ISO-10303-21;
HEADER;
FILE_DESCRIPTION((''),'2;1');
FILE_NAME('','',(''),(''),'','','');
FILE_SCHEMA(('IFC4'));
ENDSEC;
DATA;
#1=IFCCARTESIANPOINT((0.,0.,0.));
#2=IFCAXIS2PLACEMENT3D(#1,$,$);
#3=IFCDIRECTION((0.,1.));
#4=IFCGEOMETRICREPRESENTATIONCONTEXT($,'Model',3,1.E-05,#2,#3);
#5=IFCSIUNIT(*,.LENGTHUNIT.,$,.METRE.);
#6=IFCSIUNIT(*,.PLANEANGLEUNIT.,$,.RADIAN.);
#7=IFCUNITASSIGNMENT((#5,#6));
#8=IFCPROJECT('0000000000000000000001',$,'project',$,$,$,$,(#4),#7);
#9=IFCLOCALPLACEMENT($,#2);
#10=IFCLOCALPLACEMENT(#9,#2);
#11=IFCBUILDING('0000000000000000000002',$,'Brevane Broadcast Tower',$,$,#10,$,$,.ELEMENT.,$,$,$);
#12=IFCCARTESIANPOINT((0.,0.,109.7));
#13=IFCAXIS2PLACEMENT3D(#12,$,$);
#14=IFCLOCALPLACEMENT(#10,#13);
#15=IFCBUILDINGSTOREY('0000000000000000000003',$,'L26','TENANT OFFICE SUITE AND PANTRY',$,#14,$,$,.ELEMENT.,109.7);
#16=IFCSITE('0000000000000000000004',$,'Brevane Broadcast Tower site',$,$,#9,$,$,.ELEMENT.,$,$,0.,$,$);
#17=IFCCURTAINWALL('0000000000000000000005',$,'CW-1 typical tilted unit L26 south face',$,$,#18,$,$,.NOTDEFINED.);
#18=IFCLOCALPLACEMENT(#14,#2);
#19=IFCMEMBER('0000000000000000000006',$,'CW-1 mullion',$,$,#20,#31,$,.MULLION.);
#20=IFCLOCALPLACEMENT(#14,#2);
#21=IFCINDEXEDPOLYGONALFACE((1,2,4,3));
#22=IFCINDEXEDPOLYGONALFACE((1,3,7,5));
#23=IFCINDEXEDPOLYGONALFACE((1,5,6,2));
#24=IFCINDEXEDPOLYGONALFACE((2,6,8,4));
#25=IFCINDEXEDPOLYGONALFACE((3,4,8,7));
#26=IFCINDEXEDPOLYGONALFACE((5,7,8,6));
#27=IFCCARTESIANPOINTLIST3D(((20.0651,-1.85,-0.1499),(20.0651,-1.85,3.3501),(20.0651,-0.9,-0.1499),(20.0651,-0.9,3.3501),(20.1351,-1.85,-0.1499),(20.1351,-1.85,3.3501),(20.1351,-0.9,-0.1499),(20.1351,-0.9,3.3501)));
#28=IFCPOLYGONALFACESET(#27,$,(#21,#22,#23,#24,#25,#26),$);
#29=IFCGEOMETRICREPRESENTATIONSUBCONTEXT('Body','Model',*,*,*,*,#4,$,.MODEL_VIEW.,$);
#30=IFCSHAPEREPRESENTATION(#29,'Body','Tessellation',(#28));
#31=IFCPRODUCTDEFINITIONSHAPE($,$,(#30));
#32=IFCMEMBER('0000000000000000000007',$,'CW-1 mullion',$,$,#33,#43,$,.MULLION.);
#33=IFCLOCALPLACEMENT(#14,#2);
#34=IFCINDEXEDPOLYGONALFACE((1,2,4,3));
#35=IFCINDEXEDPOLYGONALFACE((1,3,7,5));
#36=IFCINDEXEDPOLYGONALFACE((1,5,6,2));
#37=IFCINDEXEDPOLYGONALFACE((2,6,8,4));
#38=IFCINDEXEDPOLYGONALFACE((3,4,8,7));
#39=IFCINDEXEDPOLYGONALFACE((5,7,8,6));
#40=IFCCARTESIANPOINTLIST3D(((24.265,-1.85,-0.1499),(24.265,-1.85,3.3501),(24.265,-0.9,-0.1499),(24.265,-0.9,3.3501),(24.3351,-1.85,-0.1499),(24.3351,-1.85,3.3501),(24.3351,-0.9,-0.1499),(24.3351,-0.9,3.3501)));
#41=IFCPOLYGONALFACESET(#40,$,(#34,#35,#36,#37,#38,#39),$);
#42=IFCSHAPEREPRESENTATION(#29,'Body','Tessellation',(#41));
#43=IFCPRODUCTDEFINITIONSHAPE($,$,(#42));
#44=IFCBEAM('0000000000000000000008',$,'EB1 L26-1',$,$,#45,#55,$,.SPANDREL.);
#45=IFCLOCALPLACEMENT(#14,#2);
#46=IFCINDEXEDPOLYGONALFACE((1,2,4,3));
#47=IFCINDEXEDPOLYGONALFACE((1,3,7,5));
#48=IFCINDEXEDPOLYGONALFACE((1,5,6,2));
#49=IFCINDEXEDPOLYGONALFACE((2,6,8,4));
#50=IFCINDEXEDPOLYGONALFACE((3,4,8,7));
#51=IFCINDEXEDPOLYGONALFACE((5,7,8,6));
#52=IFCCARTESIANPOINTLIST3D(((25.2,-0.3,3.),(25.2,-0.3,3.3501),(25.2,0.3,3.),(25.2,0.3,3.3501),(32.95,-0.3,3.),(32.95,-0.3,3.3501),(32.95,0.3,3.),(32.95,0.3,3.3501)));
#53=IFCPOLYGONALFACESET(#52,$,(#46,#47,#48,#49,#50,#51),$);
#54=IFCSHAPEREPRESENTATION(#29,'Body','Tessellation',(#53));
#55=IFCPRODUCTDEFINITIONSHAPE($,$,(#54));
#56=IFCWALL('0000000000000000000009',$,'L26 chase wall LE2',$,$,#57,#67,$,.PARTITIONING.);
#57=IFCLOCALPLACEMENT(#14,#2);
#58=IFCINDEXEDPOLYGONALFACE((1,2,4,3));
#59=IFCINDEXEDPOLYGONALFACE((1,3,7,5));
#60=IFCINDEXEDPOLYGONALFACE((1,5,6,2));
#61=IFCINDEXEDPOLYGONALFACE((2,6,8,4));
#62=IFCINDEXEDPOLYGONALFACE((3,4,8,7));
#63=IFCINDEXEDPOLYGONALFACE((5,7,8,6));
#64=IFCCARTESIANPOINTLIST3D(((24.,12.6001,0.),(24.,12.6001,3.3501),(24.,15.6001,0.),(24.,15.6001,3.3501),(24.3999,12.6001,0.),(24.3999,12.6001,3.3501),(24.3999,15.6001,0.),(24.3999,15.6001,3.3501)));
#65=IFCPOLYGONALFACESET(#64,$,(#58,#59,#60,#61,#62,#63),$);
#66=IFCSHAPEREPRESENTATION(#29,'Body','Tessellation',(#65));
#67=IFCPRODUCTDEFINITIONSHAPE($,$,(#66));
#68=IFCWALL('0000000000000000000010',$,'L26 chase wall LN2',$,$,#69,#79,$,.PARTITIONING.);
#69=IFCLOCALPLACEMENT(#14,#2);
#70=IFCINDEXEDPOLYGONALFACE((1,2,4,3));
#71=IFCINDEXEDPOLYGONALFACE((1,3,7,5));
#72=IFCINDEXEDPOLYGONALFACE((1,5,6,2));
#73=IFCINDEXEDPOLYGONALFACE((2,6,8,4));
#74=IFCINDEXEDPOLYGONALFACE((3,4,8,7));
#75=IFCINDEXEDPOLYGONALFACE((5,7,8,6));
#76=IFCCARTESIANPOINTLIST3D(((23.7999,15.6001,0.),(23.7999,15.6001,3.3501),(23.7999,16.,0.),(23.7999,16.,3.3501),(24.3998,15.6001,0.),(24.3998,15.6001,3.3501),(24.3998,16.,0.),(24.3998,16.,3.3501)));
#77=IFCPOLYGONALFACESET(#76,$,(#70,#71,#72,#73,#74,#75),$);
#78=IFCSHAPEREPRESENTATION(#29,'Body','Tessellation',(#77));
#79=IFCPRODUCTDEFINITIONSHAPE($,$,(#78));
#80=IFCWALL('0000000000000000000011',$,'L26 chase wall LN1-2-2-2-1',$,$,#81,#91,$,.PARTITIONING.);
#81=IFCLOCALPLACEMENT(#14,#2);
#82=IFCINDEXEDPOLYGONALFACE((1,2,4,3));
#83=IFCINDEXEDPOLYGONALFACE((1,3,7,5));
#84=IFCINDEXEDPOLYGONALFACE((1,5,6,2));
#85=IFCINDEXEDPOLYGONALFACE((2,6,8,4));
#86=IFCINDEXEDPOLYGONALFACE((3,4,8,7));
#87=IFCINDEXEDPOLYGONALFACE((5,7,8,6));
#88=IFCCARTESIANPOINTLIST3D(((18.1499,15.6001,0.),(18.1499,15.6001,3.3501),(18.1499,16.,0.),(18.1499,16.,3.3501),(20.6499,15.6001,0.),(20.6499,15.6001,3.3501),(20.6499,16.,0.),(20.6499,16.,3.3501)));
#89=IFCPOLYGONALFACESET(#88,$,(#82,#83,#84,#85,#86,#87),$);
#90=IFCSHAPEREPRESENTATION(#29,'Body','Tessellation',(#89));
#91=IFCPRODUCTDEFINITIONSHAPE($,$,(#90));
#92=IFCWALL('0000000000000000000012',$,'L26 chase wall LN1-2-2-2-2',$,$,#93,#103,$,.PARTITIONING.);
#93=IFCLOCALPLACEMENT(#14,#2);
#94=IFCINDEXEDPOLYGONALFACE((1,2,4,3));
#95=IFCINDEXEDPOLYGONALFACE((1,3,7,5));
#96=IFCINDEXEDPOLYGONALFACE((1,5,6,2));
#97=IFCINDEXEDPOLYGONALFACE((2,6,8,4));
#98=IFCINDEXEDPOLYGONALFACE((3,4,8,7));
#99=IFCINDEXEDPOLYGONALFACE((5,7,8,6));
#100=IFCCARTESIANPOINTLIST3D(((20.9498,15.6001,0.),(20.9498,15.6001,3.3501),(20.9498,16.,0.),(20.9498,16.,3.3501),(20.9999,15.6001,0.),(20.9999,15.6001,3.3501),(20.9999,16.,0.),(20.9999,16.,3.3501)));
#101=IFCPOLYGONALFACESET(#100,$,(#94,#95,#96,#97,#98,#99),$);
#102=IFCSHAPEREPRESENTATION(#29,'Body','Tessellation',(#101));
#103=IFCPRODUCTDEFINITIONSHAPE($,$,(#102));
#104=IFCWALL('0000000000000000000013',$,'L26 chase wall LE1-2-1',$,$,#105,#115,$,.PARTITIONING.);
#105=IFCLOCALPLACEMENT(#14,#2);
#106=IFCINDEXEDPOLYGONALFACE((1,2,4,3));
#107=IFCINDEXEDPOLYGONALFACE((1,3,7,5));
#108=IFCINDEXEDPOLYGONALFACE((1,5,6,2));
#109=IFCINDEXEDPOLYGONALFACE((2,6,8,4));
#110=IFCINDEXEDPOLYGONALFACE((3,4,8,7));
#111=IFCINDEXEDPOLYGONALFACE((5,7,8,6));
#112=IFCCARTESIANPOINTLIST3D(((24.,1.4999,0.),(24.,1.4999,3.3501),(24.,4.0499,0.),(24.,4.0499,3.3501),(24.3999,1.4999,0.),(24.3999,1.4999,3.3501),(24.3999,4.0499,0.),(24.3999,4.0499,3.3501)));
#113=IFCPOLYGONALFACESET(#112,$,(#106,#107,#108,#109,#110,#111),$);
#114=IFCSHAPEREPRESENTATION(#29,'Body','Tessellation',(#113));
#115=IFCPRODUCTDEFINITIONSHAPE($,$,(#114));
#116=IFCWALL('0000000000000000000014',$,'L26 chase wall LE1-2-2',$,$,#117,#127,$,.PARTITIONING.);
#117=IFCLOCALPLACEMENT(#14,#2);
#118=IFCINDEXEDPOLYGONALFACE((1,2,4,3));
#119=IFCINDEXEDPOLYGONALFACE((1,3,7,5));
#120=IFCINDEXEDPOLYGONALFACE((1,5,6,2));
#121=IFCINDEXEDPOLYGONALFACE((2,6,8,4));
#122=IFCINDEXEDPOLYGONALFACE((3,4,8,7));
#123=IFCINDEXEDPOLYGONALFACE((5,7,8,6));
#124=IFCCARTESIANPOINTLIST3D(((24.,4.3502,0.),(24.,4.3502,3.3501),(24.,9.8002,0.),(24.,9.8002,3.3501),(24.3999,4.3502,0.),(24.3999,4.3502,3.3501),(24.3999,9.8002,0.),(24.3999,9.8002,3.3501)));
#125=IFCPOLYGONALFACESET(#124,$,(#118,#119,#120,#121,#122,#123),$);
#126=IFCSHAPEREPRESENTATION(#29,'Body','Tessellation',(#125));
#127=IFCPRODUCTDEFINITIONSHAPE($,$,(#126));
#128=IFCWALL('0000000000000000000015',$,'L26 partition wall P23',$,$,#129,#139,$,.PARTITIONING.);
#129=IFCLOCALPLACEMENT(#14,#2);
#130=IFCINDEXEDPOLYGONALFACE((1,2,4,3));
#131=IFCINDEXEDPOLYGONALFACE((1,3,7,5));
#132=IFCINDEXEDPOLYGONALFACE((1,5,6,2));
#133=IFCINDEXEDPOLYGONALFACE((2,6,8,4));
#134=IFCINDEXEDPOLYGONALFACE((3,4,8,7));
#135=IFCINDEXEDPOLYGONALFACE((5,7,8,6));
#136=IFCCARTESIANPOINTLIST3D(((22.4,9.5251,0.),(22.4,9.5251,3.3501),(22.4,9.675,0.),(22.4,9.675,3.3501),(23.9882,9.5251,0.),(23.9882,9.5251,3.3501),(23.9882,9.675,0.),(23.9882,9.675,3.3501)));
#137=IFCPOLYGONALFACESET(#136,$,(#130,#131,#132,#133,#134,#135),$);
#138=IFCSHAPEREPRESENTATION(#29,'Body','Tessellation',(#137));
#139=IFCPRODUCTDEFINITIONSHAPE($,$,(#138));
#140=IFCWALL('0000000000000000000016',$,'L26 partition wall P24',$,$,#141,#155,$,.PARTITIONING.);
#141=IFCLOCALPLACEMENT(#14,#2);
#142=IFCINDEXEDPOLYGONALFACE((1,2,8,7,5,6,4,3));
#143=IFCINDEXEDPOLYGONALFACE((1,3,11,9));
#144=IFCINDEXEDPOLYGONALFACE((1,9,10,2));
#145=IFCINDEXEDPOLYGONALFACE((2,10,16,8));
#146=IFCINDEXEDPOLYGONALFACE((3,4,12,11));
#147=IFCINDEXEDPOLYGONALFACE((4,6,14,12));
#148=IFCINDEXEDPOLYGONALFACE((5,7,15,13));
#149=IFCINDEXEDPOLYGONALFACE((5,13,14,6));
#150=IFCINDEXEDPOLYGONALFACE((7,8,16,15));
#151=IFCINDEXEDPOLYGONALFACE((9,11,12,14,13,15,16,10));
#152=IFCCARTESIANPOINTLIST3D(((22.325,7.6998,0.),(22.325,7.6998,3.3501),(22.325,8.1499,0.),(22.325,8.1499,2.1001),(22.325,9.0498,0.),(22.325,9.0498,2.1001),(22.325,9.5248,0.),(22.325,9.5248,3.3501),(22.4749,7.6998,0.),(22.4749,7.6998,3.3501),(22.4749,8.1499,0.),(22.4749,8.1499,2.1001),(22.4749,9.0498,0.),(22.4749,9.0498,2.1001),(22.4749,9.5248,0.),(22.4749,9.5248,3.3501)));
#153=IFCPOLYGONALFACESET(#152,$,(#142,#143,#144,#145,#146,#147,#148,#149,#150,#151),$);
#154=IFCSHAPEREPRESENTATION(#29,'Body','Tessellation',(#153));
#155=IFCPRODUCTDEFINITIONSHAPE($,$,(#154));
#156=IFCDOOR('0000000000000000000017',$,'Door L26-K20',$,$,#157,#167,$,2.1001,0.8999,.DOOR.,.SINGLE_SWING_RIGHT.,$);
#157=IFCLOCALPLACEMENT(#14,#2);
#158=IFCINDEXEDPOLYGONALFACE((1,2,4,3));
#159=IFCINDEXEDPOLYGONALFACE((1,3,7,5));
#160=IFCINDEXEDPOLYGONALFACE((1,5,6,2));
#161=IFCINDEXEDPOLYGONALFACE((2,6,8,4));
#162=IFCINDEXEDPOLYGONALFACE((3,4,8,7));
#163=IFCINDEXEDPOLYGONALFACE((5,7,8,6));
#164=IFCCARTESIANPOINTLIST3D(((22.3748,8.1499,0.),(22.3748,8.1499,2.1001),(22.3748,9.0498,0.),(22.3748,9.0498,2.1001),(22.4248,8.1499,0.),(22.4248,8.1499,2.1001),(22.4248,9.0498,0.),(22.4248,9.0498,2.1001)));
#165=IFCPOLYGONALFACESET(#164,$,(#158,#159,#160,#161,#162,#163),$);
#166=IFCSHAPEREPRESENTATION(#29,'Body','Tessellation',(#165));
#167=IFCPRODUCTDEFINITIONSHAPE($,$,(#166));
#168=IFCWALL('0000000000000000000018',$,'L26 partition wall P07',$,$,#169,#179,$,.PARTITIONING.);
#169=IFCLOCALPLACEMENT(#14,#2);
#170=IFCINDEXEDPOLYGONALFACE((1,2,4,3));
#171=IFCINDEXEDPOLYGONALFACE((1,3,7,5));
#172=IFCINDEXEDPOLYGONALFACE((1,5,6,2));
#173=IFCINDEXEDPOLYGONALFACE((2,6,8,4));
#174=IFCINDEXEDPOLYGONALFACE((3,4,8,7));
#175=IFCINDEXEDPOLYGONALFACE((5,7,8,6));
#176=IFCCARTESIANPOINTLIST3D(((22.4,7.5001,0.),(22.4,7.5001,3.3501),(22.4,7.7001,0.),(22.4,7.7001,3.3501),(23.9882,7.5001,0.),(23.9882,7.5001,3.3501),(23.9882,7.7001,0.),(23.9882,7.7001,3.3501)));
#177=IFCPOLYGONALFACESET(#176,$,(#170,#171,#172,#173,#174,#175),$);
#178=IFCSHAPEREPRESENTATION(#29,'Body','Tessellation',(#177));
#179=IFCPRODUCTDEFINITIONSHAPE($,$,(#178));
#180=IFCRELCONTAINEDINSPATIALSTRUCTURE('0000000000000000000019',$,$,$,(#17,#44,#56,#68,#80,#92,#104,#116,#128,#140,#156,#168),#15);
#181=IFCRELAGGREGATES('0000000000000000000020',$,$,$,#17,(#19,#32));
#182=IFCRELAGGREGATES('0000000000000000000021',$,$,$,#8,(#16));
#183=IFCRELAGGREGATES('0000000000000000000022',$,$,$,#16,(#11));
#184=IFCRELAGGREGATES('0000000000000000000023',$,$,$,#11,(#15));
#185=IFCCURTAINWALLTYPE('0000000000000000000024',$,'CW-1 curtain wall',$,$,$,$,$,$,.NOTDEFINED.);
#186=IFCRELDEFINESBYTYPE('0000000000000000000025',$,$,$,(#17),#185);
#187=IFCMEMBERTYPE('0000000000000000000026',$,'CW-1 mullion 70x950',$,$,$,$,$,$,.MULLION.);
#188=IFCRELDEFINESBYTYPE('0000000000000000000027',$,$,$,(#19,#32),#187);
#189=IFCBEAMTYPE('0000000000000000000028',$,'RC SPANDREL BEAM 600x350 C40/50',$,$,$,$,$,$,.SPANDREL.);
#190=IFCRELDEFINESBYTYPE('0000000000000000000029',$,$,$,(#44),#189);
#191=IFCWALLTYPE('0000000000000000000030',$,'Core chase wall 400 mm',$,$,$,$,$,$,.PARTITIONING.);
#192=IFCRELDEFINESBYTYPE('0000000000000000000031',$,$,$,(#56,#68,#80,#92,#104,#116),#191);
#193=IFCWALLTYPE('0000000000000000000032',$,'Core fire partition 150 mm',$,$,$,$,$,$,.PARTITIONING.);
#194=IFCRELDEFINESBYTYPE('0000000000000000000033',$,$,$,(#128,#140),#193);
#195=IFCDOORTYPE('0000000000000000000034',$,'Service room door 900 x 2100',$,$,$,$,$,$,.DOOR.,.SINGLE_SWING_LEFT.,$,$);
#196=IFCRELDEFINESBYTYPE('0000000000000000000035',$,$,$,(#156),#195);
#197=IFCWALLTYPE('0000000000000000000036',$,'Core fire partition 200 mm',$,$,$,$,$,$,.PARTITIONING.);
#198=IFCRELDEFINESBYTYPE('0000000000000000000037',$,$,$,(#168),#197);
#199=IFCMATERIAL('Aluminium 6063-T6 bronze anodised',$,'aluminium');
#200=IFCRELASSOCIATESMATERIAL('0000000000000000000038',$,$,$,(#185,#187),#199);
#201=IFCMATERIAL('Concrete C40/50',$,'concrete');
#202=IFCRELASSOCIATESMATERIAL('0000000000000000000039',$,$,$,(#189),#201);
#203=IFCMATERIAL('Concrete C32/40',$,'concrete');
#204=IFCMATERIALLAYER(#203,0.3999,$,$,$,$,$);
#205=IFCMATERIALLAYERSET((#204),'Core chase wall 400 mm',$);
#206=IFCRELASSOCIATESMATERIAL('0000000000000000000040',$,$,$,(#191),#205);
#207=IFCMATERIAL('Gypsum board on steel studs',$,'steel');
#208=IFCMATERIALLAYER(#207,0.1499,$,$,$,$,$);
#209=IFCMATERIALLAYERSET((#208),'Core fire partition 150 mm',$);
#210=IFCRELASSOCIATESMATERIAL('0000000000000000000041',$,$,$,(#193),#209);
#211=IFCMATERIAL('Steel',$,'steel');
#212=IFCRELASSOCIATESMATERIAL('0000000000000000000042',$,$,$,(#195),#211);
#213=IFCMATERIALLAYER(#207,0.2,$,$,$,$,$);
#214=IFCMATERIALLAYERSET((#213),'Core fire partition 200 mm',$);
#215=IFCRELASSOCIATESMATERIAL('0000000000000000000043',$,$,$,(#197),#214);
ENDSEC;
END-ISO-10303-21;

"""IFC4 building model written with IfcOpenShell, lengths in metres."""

from ifc_helpers import new_model, si_unit, direction, frame, frame_2d, origin, origin_2d, place, context, subcontext, project, spatial, rectangle, extrude, material, layer, layer_set, material_profile, profile_set, type_object, element, fill, aggregate, save


model = new_model("IFC4")

# Units and contexts
model_context = context("Model", 3, precision=1e-05, world=origin(), true_north=direction((0.0, 1.0)))
body_context = subcontext(model_context, "Body", "Model", "MODEL_VIEW")
ifc_project = project(units=[si_unit("LENGTHUNIT", "METRE"), si_unit("PLANEANGLEUNIT", "RADIAN")], contexts=[model_context])

# Site, building, storey
site_placement = place(None, origin())
site = spatial("IfcSite", under=ifc_project, at=site_placement, Name="Brevane Broadcast Tower site", CompositionType="ELEMENT", RefElevation=0.0)
building_placement = place(site_placement, origin())
building = spatial("IfcBuilding", under=site, at=building_placement, Name="Brevane Broadcast Tower", CompositionType="ELEMENT")
storey_placement = place(building_placement, frame((0.0, 0.0, 109.7)))
storey = spatial("IfcBuildingStorey", under=building, at=storey_placement, Name="L26", Description="TENANT OFFICE SUITE AND PANTRY", CompositionType="ELEMENT", Elevation=109.7)

# Curtain wall, members
ifc_material_1 = material(Name="Aluminium 6063-T6 bronze anodised", Category="aluminium")
curtain_wall_type = type_object("IfcCurtainWallType", Name="CW-1 curtain wall", PredefinedType="NOTDEFINED", material=ifc_material_1)
curtain_wall_placement = place(storey_placement, origin())
curtain_wall = element("IfcCurtainWall", 1, at=curtain_wall_placement, inside=storey, type_object=curtain_wall_type, Name="CW-1 typical tilted unit L26 south face", PredefinedType="NOTDEFINED")
ifc_material_profile_1 = material_profile(ifc_material_1, rectangle(XDim=0.95, YDim=0.0701, at=origin_2d()), Name="RECT 70x950")
ifc_profile_set_1 = profile_set([ifc_material_profile_1], Name="Aluminium 6063-T6 bronze anodised")
member_type = type_object("IfcMemberType", Name="CW-1 mullion 70x950", PredefinedType="MULLION", material=ifc_profile_set_1)
member_1_placement = place(storey_placement, frame((20.1001, -1.375, -0.1499), z_axis=(0.0, 0.0, 1.0), x_axis=(0.0, 1.0, 0.0)))
member_1 = element("IfcMember", 2, at=member_1_placement, type_object=member_type, Name="CW-1 mullion", PredefinedType="MULLION", context=body_context, shape_type="SweptSolid", body=[
    extrude(rectangle(XDim=0.95, YDim=0.0701, at=origin_2d()), origin(), (0.0, 0.0, 1.0), 3.5),
])
member_2_placement = place(storey_placement, frame((24.3, -1.375, -0.1499), z_axis=(0.0, 0.0, 1.0), x_axis=(0.0, 1.0, 0.0)))
member_2 = element("IfcMember", 3, at=member_2_placement, type_object=member_type, Name="CW-1 mullion", PredefinedType="MULLION", context=body_context, shape_type="SweptSolid", body=[
    extrude(rectangle(XDim=0.95, YDim=0.0701, at=origin_2d()), origin(), (0.0, 0.0, 1.0), 3.5),
])
aggregate(curtain_wall, [member_1, member_2])

# Beam
ifc_material_2 = material(Name="Concrete C40/50", Category="concrete")
ifc_material_profile_2 = material_profile(ifc_material_2, rectangle(XDim=0.6001, YDim=0.3501, at=origin_2d()), Name="RC 600x350")
ifc_profile_set_2 = profile_set([ifc_material_profile_2], Name="Concrete C40/50")
beam_type = type_object("IfcBeamType", Name="RC SPANDREL BEAM 600x350 C40/50", PredefinedType="SPANDREL", material=ifc_profile_set_2)
beam_placement = place(storey_placement, frame((25.2, 0.0, 3.175), z_axis=(1.0, 0.0, 0.0), x_axis=(0.0, 1.0, 0.0)))
element("IfcBeam", 4, at=beam_placement, inside=storey, type_object=beam_type, Name="EB1 L26-1", PredefinedType="SPANDREL", context=body_context, shape_type="SweptSolid", body=[
    extrude(rectangle(XDim=0.6001, YDim=0.3501, at=origin_2d()), origin(), (0.0, 0.0, 1.0), 7.75),
])

# Walls
ifc_material_3 = material(Name="Concrete C32/40", Category="concrete")
ifc_layer_1 = layer(ifc_material_3, 0.3999)
ifc_layer_set_1 = layer_set([ifc_layer_1], Name="Core chase wall 400 mm")
wall_type_1 = type_object("IfcWallType", Name="Core chase wall 400 mm", PredefinedType="PARTITIONING", material=ifc_layer_set_1)
wall_1_placement = place(storey_placement, frame((24.2, 12.6001, 0.0), z_axis=(0.0, 0.0, 1.0), x_axis=(0.0, 1.0, 0.0)))
element("IfcWall", 5, at=wall_1_placement, inside=storey, type_object=wall_type_1, Name="L26 chase wall LE2", PredefinedType="PARTITIONING", context=body_context, shape_type="SweptSolid", body=[
    extrude(rectangle(XDim=3.0, YDim=0.3999, at=frame_2d((1.5, 0.0))), origin(), (0.0, 0.0, 1.0), 3.3501),
])
wall_2_placement = place(storey_placement, frame((23.8, 15.8, 0.0), z_axis=(0.0, 0.0, 1.0), x_axis=(1.0, 0.0, 0.0)))
element("IfcWall", 6, at=wall_2_placement, inside=storey, type_object=wall_type_1, Name="L26 chase wall LN2", PredefinedType="PARTITIONING", context=body_context, shape_type="SweptSolid", body=[
    extrude(rectangle(XDim=0.5999, YDim=0.3999, at=frame_2d((0.2998, 0.0))), origin(), (0.0, 0.0, 1.0), 3.3501),
])
wall_3_placement = place(storey_placement, frame((18.1499, 15.8, 0.0), z_axis=(0.0, 0.0, 1.0), x_axis=(1.0, 0.0, 0.0)))
element("IfcWall", 7, at=wall_3_placement, inside=storey, type_object=wall_type_1, Name="L26 chase wall LN1-2-2-2-1", PredefinedType="PARTITIONING", context=body_context, shape_type="SweptSolid", body=[
    extrude(rectangle(XDim=2.5, YDim=0.3999, at=frame_2d((1.25, 0.0))), origin(), (0.0, 0.0, 1.0), 3.3501),
])
wall_4_placement = place(storey_placement, frame((20.95, 15.8, 0.0), z_axis=(0.0, 0.0, 1.0), x_axis=(1.0, 0.0, 0.0)))
element("IfcWall", 8, at=wall_4_placement, inside=storey, type_object=wall_type_1, Name="L26 chase wall LN1-2-2-2-2", PredefinedType="PARTITIONING", context=body_context, shape_type="SweptSolid", body=[
    extrude(rectangle(XDim=0.05, YDim=0.3999, at=frame_2d((0.0249, 0.0))), origin(), (0.0, 0.0, 1.0), 3.3501),
])
wall_5_placement = place(storey_placement, frame((24.2, 1.5, 0.0), z_axis=(0.0, 0.0, 1.0), x_axis=(0.0, 1.0, 0.0)))
element("IfcWall", 9, at=wall_5_placement, inside=storey, type_object=wall_type_1, Name="L26 chase wall LE1-2-1", PredefinedType="PARTITIONING", context=body_context, shape_type="SweptSolid", body=[
    extrude(rectangle(XDim=2.55, YDim=0.3999, at=frame_2d((1.2749, 0.0))), origin(), (0.0, 0.0, 1.0), 3.3501),
])
wall_6_placement = place(storey_placement, frame((24.2, 4.3501, 0.0), z_axis=(0.0, 0.0, 1.0), x_axis=(0.0, 1.0, 0.0)))
element("IfcWall", 10, at=wall_6_placement, inside=storey, type_object=wall_type_1, Name="L26 chase wall LE1-2-2", PredefinedType="PARTITIONING", context=body_context, shape_type="SweptSolid", body=[
    extrude(rectangle(XDim=5.45, YDim=0.3999, at=frame_2d((2.7251, 0.0))), origin(), (0.0, 0.0, 1.0), 3.3501),
])
ifc_material_4 = material(Name="Gypsum board on steel studs", Category="steel")
ifc_layer_2 = layer(ifc_material_4, 0.1499)
ifc_layer_set_2 = layer_set([ifc_layer_2], Name="Core fire partition 150 mm")
wall_type_2 = type_object("IfcWallType", Name="Core fire partition 150 mm", PredefinedType="PARTITIONING", material=ifc_layer_set_2)
wall_7_placement = place(storey_placement, frame((23.988, 9.6001, 0.0), z_axis=(0.0, 0.0, 1.0), x_axis=(-1.0, 0.0, 0.0)))
element("IfcWall", 11, at=wall_7_placement, inside=storey, type_object=wall_type_2, Name="L26 partition wall P23", PredefinedType="PARTITIONING", context=body_context, shape_type="SweptSolid", body=[
    extrude(rectangle(XDim=1.5881, YDim=0.1499, at=frame_2d((0.7939, 0.0))), origin(), (0.0, 0.0, 1.0), 3.3501),
])

# Wall, opening, door
wall_8_placement = place(storey_placement, frame((22.3999, 9.5249, 0.0), z_axis=(0.0, 0.0, 1.0), x_axis=(0.0, -1.0, 0.0)))
wall_8 = element("IfcWall", 12, at=wall_8_placement, inside=storey, type_object=wall_type_2, Name="L26 partition wall P24", PredefinedType="PARTITIONING", context=body_context, shape_type="SweptSolid", body=[
    extrude(rectangle(XDim=1.825, YDim=0.1499, at=frame_2d((0.9126, 0.0))), origin(), (0.0, 0.0, 1.0), 3.3501),
])
opening_1_placement = place(wall_8_placement, frame((0.4751, 0.0, 0.0)))
opening_1 = element("IfcOpeningElement", 13, at=opening_1_placement, cuts=wall_8, PredefinedType="OPENING", context=body_context, shape_type="SweptSolid", body=[
    extrude(rectangle(XDim=0.8999, YDim=2.1001, at=frame_2d((0.45, 1.05))), frame((0.0, 0.085, 0.0), z_axis=(0.0, -1.0, 0.0), x_axis=(1.0, 0.0, 0.0)), (0.0, 0.0, 1.0), 0.1699),
])
ifc_material_5 = material(Name="Steel", Category="steel")
door_type = type_object("IfcDoorType", Name="Service room door 900 x 2100", OperationType="SINGLE_SWING_LEFT", PredefinedType="DOOR", material=ifc_material_5)
door_1_placement = place(opening_1_placement, origin())
door_1 = element("IfcDoor", 14, at=door_1_placement, inside=storey, type_object=door_type, Name="Door L26-K20", OperationType="SINGLE_SWING_RIGHT", OverallHeight=2.1001, OverallWidth=0.8999, PredefinedType="DOOR", context=body_context, shape_type="SweptSolid", body=[
    extrude(rectangle(XDim=0.8999, YDim=2.1001, at=frame_2d((0.45, 1.05))), frame((0.0, 0.0249, 0.0), z_axis=(0.0, -1.0, 0.0), x_axis=(1.0, 0.0, 0.0)), (0.0, 0.0, 1.0), 0.05),
])
fill(opening_1, door_1)

# Wall
ifc_layer_3 = layer(ifc_material_4, 0.2)
ifc_layer_set_3 = layer_set([ifc_layer_3], Name="Core fire partition 200 mm")
wall_type_3 = type_object("IfcWallType", Name="Core fire partition 200 mm", PredefinedType="PARTITIONING", material=ifc_layer_set_3)
wall_9_placement = place(storey_placement, frame((23.988, 7.6001, 0.0), z_axis=(0.0, 0.0, 1.0), x_axis=(-1.0, 0.0, 0.0)))
element("IfcWall", 15, at=wall_9_placement, inside=storey, type_object=wall_type_3, Name="L26 partition wall P07", PredefinedType="PARTITIONING", context=body_context, shape_type="SweptSolid", body=[
    extrude(rectangle(XDim=1.5881, YDim=0.2, at=frame_2d((0.7939, 0.0))), origin(), (0.0, 0.0, 1.0), 3.3501),
])

save(model, "model.ifc")
